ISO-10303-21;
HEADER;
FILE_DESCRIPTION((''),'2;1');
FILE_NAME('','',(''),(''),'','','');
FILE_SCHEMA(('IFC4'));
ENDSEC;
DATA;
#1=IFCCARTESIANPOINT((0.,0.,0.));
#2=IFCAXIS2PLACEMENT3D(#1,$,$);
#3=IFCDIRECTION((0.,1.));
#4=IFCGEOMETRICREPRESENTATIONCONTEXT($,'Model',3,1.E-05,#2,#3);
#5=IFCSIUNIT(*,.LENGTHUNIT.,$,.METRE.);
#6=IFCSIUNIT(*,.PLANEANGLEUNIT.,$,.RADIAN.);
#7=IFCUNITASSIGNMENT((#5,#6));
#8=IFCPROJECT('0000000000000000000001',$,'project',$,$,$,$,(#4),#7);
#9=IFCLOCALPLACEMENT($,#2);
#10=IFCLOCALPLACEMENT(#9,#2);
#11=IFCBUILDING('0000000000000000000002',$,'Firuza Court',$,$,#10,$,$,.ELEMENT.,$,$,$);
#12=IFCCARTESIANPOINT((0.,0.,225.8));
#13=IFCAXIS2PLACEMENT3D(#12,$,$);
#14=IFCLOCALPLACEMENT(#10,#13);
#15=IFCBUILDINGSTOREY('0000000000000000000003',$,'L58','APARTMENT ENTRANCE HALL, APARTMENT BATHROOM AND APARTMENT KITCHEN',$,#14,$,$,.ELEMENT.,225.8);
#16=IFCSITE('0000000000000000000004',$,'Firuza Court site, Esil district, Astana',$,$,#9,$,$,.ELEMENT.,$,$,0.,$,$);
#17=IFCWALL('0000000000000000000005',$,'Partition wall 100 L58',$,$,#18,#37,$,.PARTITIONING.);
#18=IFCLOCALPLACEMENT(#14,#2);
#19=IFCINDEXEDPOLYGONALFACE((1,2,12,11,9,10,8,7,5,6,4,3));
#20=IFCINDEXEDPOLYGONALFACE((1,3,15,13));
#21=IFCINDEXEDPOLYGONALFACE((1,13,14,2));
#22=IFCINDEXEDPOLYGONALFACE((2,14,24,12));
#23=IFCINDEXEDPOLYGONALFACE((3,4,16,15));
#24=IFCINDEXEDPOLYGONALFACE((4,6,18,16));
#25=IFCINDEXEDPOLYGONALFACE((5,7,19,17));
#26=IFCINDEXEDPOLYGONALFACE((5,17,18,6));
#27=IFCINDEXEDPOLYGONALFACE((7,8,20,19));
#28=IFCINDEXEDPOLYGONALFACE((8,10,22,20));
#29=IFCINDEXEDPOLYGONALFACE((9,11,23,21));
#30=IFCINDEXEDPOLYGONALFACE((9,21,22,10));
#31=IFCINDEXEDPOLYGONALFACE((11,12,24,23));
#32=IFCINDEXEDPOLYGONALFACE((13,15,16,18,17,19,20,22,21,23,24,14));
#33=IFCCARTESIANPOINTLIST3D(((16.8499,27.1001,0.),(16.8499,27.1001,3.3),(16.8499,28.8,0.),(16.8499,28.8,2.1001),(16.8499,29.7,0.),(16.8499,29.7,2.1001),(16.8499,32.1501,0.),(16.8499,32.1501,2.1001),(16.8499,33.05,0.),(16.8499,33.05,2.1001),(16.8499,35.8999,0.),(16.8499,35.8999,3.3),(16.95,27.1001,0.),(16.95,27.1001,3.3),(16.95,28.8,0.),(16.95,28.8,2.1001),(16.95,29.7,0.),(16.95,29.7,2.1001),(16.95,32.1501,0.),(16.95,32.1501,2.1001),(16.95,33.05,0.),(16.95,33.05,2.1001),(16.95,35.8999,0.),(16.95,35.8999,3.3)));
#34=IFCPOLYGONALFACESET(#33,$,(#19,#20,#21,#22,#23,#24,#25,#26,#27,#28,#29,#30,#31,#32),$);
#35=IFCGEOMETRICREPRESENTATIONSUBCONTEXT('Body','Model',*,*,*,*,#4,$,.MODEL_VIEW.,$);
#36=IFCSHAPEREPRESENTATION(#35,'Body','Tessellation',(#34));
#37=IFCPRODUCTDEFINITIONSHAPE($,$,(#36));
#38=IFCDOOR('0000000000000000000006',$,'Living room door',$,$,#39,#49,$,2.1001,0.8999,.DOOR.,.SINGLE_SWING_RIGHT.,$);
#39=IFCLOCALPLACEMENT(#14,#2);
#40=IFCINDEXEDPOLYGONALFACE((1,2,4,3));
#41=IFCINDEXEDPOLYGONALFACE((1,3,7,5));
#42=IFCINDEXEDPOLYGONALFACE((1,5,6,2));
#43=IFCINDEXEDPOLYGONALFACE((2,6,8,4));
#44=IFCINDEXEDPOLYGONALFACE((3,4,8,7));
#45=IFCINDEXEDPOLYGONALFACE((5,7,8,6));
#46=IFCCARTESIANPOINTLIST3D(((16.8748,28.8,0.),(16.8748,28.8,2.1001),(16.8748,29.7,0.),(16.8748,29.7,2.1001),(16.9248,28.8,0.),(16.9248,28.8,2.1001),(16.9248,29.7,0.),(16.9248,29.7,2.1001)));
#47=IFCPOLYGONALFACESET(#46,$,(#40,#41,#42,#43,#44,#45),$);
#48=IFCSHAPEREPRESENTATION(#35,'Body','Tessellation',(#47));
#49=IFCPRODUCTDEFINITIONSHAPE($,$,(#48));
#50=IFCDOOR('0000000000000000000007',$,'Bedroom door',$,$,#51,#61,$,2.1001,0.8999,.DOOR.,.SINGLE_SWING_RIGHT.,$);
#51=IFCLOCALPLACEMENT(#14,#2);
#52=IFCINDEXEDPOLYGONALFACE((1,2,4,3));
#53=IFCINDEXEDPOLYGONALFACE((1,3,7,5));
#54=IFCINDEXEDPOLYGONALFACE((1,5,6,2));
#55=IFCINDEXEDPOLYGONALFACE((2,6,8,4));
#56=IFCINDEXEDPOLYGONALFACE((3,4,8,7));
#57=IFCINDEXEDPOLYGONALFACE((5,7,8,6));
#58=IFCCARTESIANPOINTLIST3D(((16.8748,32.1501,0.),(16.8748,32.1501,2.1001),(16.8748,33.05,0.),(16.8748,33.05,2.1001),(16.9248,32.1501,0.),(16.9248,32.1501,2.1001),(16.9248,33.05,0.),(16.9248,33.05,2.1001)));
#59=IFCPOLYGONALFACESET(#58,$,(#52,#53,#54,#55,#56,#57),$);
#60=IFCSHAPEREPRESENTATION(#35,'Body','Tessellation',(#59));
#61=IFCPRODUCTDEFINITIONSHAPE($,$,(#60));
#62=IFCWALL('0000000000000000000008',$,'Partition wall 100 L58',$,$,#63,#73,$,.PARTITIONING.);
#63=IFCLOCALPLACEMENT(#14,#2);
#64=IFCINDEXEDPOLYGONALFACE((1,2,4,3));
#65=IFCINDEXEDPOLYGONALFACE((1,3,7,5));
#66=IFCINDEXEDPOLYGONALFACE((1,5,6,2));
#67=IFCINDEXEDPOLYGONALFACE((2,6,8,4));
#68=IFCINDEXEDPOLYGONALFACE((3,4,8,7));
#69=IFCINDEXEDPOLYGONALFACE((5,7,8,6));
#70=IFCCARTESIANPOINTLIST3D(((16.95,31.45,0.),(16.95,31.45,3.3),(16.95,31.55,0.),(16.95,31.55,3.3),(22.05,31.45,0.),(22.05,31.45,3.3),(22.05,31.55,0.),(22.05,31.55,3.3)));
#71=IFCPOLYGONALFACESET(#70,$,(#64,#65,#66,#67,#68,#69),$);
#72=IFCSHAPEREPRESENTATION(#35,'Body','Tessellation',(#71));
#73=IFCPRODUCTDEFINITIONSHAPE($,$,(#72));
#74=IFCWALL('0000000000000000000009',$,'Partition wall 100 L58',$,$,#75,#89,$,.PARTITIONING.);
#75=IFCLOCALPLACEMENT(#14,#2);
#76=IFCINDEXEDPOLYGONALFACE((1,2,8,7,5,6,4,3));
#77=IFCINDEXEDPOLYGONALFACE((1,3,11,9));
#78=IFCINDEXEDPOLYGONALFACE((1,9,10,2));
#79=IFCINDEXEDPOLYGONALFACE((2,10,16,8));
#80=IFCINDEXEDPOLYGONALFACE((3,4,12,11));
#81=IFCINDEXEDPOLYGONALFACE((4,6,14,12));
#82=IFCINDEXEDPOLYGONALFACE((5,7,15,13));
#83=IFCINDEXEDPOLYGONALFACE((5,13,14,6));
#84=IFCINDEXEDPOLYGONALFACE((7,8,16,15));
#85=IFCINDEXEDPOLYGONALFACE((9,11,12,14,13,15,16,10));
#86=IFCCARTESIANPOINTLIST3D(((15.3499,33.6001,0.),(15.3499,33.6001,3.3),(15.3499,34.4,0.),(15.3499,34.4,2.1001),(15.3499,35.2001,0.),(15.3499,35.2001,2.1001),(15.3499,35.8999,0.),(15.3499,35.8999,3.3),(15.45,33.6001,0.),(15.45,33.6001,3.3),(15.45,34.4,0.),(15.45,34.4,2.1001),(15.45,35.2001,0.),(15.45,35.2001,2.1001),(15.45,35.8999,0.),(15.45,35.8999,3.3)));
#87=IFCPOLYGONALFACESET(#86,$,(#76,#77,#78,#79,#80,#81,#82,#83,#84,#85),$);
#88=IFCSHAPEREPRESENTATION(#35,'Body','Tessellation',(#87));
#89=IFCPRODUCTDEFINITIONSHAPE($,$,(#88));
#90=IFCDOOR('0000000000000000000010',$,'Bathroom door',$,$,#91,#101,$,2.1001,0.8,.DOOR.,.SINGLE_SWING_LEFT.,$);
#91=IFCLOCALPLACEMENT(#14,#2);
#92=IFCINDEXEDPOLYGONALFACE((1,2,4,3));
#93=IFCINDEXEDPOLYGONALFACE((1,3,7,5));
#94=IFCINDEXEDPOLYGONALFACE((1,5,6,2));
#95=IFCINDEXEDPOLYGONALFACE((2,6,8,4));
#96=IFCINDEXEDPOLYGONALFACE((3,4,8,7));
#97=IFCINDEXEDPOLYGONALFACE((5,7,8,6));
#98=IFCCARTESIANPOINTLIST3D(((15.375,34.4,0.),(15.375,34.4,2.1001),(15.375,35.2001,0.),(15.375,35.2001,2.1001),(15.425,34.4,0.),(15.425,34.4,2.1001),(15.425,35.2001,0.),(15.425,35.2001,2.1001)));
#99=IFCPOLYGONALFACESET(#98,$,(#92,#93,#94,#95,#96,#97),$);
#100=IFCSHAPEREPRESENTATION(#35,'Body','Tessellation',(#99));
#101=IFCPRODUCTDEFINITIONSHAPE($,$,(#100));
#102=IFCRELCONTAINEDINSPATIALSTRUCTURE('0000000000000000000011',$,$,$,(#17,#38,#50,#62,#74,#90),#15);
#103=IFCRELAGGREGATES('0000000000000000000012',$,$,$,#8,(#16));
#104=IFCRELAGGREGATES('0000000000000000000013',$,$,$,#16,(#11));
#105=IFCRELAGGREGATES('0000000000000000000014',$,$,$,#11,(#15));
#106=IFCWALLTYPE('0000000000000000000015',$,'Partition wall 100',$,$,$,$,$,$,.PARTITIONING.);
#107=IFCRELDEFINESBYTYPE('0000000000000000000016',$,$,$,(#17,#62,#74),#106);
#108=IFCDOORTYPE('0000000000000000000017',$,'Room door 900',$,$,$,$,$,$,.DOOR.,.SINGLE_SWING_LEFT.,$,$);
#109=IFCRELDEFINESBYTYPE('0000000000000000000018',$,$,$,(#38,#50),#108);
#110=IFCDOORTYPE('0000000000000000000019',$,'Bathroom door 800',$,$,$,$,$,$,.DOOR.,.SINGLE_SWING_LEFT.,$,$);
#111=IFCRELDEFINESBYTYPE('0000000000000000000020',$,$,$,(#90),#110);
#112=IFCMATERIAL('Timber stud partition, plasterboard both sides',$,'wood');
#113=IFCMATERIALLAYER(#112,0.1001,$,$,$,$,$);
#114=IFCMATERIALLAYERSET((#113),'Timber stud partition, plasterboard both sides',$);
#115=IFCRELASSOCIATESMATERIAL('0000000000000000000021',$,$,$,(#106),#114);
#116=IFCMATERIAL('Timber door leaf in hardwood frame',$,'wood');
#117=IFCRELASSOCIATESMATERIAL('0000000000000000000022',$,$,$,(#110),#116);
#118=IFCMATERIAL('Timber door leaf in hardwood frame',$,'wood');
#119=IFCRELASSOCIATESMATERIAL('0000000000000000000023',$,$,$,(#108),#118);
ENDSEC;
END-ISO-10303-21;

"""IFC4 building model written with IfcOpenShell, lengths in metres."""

from ifc_helpers import new_model, si_unit, direction, frame, frame_2d, origin, place, context, subcontext, project, spatial, rectangle, extrude, material, layer, layer_set, type_object, element, fill, save


model = new_model("IFC4")

# Units and contexts
model_context = context("Model", 3, precision=1e-05, world=origin(), true_north=direction((0.0, 1.0)))
body_context = subcontext(model_context, "Body", "Model", "MODEL_VIEW")
ifc_project = project(units=[si_unit("LENGTHUNIT", "METRE"), si_unit("PLANEANGLEUNIT", "RADIAN")], contexts=[model_context])

# Site, building, storey
site_placement = place(None, origin())
site = spatial("IfcSite", under=ifc_project, at=site_placement, Name="Firuza Court site, Esil district, Astana", CompositionType="ELEMENT", RefElevation=0.0)
building_placement = place(site_placement, origin())
building = spatial("IfcBuilding", under=site, at=building_placement, Name="Firuza Court", CompositionType="ELEMENT")
storey_placement = place(building_placement, frame((0.0, 0.0, 225.8)))
storey = spatial("IfcBuildingStorey", under=building, at=storey_placement, Name="L58", Description="APARTMENT ENTRANCE HALL, APARTMENT BATHROOM AND APARTMENT KITCHEN", CompositionType="ELEMENT", Elevation=225.8)

# Shared definitions
ifc_material_1 = material(Name="Timber stud partition, plasterboard both sides", Category="wood")
ifc_layer = layer(ifc_material_1, 0.1001)
ifc_layer_set = layer_set([ifc_layer], Name="Timber stud partition, plasterboard both sides")
wall_type = type_object("IfcWallType", Name="Partition wall 100", PredefinedType="PARTITIONING", material=ifc_layer_set)
ifc_material_2 = material(Name="Timber door leaf in hardwood frame", Category="wood")
door_type_1 = type_object("IfcDoorType", Name="Bathroom door 800", OperationType="SINGLE_SWING_LEFT", PredefinedType="DOOR", material=ifc_material_2)

# Shared definitions
ifc_material_3 = material(Name="Timber door leaf in hardwood frame", Category="wood")
door_type_2 = type_object("IfcDoorType", Name="Room door 900", OperationType="SINGLE_SWING_LEFT", PredefinedType="DOOR", material=ifc_material_3)

# Wall, openings, doors
wall_1_placement = place(storey_placement, frame((16.8999, 27.1001, 0.0), z_axis=(0.0, 0.0, 1.0), x_axis=(0.0, 1.0, 0.0)))
wall_1 = element("IfcWall", 1, at=wall_1_placement, inside=storey, type_object=wall_type, Name="Partition wall 100 L58", PredefinedType="PARTITIONING", context=body_context, shape_type="SweptSolid", body=[
    extrude(rectangle(XDim=8.7998, YDim=0.1001, at=frame_2d((4.3999, 0.0))), origin(), (0.0, 0.0, 1.0), 3.3),
])
opening_1_placement = place(wall_1_placement, frame((1.7, 0.0, 0.0)))
opening_1 = element("IfcOpeningElement", 2, at=opening_1_placement, cuts=wall_1, PredefinedType="OPENING", context=body_context, shape_type="SweptSolid", body=[
    extrude(rectangle(XDim=0.8999, YDim=2.1001, at=frame_2d((0.45, 1.05))), frame((0.0, 0.062, 0.0), z_axis=(0.0, -1.0, 0.0), x_axis=(1.0, 0.0, 0.0)), (0.0, 0.0, 1.0), 0.124),
])
opening_2_placement = place(wall_1_placement, frame((5.05, 0.0, 0.0)))
opening_2 = element("IfcOpeningElement", 3, at=opening_2_placement, cuts=wall_1, PredefinedType="OPENING", context=body_context, shape_type="SweptSolid", body=[
    extrude(rectangle(XDim=0.8999, YDim=2.1001, at=frame_2d((0.45, 1.05))), frame((0.0, 0.062, 0.0), z_axis=(0.0, -1.0, 0.0), x_axis=(1.0, 0.0, 0.0)), (0.0, 0.0, 1.0), 0.124),
])
door_1_placement = place(opening_1_placement, frame((0.8999, 0.0, 0.0), z_axis=(0.0, 0.0, 1.0), x_axis=(-1.0, 0.0, 0.0)))
door_1 = element("IfcDoor", 4, at=door_1_placement, inside=storey, type_object=door_type_2, Name="Living room door", OperationType="SINGLE_SWING_RIGHT", OverallHeight=2.1001, OverallWidth=0.8999, PredefinedType="DOOR", context=body_context, shape_type="SweptSolid", body=[
    extrude(rectangle(XDim=0.8999, YDim=2.1001, at=frame_2d((0.45, 1.05))), frame((0.0, 0.0249, 0.0), z_axis=(0.0, -1.0, 0.0), x_axis=(1.0, 0.0, 0.0)), (0.0, 0.0, 1.0), 0.05),
])
fill(opening_1, door_1)
door_2_placement = place(opening_2_placement, frame((0.8999, 0.0, 0.0), z_axis=(0.0, 0.0, 1.0), x_axis=(-1.0, 0.0, 0.0)))
door_2 = element("IfcDoor", 5, at=door_2_placement, inside=storey, type_object=door_type_2, Name="Bedroom door", OperationType="SINGLE_SWING_RIGHT", OverallHeight=2.1001, OverallWidth=0.8999, PredefinedType="DOOR", context=body_context, shape_type="SweptSolid", body=[
    extrude(rectangle(XDim=0.8999, YDim=2.1001, at=frame_2d((0.45, 1.05))), frame((0.0, 0.0249, 0.0), z_axis=(0.0, -1.0, 0.0), x_axis=(1.0, 0.0, 0.0)), (0.0, 0.0, 1.0), 0.05),
])
fill(opening_2, door_2)

# Wall
wall_2_placement = place(storey_placement, frame((16.95, 31.5, 0.0), z_axis=(0.0, 0.0, 1.0), x_axis=(1.0, 0.0, 0.0)))
element("IfcWall", 6, at=wall_2_placement, inside=storey, type_object=wall_type, Name="Partition wall 100 L58", PredefinedType="PARTITIONING", context=body_context, shape_type="SweptSolid", body=[
    extrude(rectangle(XDim=5.1001, YDim=0.1001, at=frame_2d((2.55, 0.0))), origin(), (0.0, 0.0, 1.0), 3.3),
])

# Wall, opening, door
wall_3_placement = place(storey_placement, frame((15.3999, 33.6001, 0.0), z_axis=(0.0, 0.0, 1.0), x_axis=(0.0, 1.0, 0.0)))
wall_3 = element("IfcWall", 7, at=wall_3_placement, inside=storey, type_object=wall_type, Name="Partition wall 100 L58", PredefinedType="PARTITIONING", context=body_context, shape_type="SweptSolid", body=[
    extrude(rectangle(XDim=2.2998, YDim=0.1001, at=frame_2d((1.1499, 0.0))), origin(), (0.0, 0.0, 1.0), 3.3),
])
opening_3_placement = place(wall_3_placement, frame((0.8, 0.0, 0.0)))
opening_3 = element("IfcOpeningElement", 8, at=opening_3_placement, cuts=wall_3, PredefinedType="OPENING", context=body_context, shape_type="SweptSolid", body=[
    extrude(rectangle(XDim=0.8, YDim=2.1001, at=frame_2d((0.3999, 1.05))), frame((0.0, 0.062, 0.0), z_axis=(0.0, -1.0, 0.0), x_axis=(1.0, 0.0, 0.0)), (0.0, 0.0, 1.0), 0.124),
])
door_3_placement = place(opening_3_placement, origin())
door_3 = element("IfcDoor", 9, at=door_3_placement, inside=storey, type_object=door_type_1, Name="Bathroom door", OperationType="SINGLE_SWING_LEFT", OverallHeight=2.1001, OverallWidth=0.8, PredefinedType="DOOR", context=body_context, shape_type="SweptSolid", body=[
    extrude(rectangle(XDim=0.8, YDim=2.1001, at=frame_2d((0.3999, 1.05))), frame((0.0, 0.0249, 0.0), z_axis=(0.0, -1.0, 0.0), x_axis=(1.0, 0.0, 0.0)), (0.0, 0.0, 1.0), 0.05),
])
fill(opening_3, door_3)

save(model, "model.ifc")
